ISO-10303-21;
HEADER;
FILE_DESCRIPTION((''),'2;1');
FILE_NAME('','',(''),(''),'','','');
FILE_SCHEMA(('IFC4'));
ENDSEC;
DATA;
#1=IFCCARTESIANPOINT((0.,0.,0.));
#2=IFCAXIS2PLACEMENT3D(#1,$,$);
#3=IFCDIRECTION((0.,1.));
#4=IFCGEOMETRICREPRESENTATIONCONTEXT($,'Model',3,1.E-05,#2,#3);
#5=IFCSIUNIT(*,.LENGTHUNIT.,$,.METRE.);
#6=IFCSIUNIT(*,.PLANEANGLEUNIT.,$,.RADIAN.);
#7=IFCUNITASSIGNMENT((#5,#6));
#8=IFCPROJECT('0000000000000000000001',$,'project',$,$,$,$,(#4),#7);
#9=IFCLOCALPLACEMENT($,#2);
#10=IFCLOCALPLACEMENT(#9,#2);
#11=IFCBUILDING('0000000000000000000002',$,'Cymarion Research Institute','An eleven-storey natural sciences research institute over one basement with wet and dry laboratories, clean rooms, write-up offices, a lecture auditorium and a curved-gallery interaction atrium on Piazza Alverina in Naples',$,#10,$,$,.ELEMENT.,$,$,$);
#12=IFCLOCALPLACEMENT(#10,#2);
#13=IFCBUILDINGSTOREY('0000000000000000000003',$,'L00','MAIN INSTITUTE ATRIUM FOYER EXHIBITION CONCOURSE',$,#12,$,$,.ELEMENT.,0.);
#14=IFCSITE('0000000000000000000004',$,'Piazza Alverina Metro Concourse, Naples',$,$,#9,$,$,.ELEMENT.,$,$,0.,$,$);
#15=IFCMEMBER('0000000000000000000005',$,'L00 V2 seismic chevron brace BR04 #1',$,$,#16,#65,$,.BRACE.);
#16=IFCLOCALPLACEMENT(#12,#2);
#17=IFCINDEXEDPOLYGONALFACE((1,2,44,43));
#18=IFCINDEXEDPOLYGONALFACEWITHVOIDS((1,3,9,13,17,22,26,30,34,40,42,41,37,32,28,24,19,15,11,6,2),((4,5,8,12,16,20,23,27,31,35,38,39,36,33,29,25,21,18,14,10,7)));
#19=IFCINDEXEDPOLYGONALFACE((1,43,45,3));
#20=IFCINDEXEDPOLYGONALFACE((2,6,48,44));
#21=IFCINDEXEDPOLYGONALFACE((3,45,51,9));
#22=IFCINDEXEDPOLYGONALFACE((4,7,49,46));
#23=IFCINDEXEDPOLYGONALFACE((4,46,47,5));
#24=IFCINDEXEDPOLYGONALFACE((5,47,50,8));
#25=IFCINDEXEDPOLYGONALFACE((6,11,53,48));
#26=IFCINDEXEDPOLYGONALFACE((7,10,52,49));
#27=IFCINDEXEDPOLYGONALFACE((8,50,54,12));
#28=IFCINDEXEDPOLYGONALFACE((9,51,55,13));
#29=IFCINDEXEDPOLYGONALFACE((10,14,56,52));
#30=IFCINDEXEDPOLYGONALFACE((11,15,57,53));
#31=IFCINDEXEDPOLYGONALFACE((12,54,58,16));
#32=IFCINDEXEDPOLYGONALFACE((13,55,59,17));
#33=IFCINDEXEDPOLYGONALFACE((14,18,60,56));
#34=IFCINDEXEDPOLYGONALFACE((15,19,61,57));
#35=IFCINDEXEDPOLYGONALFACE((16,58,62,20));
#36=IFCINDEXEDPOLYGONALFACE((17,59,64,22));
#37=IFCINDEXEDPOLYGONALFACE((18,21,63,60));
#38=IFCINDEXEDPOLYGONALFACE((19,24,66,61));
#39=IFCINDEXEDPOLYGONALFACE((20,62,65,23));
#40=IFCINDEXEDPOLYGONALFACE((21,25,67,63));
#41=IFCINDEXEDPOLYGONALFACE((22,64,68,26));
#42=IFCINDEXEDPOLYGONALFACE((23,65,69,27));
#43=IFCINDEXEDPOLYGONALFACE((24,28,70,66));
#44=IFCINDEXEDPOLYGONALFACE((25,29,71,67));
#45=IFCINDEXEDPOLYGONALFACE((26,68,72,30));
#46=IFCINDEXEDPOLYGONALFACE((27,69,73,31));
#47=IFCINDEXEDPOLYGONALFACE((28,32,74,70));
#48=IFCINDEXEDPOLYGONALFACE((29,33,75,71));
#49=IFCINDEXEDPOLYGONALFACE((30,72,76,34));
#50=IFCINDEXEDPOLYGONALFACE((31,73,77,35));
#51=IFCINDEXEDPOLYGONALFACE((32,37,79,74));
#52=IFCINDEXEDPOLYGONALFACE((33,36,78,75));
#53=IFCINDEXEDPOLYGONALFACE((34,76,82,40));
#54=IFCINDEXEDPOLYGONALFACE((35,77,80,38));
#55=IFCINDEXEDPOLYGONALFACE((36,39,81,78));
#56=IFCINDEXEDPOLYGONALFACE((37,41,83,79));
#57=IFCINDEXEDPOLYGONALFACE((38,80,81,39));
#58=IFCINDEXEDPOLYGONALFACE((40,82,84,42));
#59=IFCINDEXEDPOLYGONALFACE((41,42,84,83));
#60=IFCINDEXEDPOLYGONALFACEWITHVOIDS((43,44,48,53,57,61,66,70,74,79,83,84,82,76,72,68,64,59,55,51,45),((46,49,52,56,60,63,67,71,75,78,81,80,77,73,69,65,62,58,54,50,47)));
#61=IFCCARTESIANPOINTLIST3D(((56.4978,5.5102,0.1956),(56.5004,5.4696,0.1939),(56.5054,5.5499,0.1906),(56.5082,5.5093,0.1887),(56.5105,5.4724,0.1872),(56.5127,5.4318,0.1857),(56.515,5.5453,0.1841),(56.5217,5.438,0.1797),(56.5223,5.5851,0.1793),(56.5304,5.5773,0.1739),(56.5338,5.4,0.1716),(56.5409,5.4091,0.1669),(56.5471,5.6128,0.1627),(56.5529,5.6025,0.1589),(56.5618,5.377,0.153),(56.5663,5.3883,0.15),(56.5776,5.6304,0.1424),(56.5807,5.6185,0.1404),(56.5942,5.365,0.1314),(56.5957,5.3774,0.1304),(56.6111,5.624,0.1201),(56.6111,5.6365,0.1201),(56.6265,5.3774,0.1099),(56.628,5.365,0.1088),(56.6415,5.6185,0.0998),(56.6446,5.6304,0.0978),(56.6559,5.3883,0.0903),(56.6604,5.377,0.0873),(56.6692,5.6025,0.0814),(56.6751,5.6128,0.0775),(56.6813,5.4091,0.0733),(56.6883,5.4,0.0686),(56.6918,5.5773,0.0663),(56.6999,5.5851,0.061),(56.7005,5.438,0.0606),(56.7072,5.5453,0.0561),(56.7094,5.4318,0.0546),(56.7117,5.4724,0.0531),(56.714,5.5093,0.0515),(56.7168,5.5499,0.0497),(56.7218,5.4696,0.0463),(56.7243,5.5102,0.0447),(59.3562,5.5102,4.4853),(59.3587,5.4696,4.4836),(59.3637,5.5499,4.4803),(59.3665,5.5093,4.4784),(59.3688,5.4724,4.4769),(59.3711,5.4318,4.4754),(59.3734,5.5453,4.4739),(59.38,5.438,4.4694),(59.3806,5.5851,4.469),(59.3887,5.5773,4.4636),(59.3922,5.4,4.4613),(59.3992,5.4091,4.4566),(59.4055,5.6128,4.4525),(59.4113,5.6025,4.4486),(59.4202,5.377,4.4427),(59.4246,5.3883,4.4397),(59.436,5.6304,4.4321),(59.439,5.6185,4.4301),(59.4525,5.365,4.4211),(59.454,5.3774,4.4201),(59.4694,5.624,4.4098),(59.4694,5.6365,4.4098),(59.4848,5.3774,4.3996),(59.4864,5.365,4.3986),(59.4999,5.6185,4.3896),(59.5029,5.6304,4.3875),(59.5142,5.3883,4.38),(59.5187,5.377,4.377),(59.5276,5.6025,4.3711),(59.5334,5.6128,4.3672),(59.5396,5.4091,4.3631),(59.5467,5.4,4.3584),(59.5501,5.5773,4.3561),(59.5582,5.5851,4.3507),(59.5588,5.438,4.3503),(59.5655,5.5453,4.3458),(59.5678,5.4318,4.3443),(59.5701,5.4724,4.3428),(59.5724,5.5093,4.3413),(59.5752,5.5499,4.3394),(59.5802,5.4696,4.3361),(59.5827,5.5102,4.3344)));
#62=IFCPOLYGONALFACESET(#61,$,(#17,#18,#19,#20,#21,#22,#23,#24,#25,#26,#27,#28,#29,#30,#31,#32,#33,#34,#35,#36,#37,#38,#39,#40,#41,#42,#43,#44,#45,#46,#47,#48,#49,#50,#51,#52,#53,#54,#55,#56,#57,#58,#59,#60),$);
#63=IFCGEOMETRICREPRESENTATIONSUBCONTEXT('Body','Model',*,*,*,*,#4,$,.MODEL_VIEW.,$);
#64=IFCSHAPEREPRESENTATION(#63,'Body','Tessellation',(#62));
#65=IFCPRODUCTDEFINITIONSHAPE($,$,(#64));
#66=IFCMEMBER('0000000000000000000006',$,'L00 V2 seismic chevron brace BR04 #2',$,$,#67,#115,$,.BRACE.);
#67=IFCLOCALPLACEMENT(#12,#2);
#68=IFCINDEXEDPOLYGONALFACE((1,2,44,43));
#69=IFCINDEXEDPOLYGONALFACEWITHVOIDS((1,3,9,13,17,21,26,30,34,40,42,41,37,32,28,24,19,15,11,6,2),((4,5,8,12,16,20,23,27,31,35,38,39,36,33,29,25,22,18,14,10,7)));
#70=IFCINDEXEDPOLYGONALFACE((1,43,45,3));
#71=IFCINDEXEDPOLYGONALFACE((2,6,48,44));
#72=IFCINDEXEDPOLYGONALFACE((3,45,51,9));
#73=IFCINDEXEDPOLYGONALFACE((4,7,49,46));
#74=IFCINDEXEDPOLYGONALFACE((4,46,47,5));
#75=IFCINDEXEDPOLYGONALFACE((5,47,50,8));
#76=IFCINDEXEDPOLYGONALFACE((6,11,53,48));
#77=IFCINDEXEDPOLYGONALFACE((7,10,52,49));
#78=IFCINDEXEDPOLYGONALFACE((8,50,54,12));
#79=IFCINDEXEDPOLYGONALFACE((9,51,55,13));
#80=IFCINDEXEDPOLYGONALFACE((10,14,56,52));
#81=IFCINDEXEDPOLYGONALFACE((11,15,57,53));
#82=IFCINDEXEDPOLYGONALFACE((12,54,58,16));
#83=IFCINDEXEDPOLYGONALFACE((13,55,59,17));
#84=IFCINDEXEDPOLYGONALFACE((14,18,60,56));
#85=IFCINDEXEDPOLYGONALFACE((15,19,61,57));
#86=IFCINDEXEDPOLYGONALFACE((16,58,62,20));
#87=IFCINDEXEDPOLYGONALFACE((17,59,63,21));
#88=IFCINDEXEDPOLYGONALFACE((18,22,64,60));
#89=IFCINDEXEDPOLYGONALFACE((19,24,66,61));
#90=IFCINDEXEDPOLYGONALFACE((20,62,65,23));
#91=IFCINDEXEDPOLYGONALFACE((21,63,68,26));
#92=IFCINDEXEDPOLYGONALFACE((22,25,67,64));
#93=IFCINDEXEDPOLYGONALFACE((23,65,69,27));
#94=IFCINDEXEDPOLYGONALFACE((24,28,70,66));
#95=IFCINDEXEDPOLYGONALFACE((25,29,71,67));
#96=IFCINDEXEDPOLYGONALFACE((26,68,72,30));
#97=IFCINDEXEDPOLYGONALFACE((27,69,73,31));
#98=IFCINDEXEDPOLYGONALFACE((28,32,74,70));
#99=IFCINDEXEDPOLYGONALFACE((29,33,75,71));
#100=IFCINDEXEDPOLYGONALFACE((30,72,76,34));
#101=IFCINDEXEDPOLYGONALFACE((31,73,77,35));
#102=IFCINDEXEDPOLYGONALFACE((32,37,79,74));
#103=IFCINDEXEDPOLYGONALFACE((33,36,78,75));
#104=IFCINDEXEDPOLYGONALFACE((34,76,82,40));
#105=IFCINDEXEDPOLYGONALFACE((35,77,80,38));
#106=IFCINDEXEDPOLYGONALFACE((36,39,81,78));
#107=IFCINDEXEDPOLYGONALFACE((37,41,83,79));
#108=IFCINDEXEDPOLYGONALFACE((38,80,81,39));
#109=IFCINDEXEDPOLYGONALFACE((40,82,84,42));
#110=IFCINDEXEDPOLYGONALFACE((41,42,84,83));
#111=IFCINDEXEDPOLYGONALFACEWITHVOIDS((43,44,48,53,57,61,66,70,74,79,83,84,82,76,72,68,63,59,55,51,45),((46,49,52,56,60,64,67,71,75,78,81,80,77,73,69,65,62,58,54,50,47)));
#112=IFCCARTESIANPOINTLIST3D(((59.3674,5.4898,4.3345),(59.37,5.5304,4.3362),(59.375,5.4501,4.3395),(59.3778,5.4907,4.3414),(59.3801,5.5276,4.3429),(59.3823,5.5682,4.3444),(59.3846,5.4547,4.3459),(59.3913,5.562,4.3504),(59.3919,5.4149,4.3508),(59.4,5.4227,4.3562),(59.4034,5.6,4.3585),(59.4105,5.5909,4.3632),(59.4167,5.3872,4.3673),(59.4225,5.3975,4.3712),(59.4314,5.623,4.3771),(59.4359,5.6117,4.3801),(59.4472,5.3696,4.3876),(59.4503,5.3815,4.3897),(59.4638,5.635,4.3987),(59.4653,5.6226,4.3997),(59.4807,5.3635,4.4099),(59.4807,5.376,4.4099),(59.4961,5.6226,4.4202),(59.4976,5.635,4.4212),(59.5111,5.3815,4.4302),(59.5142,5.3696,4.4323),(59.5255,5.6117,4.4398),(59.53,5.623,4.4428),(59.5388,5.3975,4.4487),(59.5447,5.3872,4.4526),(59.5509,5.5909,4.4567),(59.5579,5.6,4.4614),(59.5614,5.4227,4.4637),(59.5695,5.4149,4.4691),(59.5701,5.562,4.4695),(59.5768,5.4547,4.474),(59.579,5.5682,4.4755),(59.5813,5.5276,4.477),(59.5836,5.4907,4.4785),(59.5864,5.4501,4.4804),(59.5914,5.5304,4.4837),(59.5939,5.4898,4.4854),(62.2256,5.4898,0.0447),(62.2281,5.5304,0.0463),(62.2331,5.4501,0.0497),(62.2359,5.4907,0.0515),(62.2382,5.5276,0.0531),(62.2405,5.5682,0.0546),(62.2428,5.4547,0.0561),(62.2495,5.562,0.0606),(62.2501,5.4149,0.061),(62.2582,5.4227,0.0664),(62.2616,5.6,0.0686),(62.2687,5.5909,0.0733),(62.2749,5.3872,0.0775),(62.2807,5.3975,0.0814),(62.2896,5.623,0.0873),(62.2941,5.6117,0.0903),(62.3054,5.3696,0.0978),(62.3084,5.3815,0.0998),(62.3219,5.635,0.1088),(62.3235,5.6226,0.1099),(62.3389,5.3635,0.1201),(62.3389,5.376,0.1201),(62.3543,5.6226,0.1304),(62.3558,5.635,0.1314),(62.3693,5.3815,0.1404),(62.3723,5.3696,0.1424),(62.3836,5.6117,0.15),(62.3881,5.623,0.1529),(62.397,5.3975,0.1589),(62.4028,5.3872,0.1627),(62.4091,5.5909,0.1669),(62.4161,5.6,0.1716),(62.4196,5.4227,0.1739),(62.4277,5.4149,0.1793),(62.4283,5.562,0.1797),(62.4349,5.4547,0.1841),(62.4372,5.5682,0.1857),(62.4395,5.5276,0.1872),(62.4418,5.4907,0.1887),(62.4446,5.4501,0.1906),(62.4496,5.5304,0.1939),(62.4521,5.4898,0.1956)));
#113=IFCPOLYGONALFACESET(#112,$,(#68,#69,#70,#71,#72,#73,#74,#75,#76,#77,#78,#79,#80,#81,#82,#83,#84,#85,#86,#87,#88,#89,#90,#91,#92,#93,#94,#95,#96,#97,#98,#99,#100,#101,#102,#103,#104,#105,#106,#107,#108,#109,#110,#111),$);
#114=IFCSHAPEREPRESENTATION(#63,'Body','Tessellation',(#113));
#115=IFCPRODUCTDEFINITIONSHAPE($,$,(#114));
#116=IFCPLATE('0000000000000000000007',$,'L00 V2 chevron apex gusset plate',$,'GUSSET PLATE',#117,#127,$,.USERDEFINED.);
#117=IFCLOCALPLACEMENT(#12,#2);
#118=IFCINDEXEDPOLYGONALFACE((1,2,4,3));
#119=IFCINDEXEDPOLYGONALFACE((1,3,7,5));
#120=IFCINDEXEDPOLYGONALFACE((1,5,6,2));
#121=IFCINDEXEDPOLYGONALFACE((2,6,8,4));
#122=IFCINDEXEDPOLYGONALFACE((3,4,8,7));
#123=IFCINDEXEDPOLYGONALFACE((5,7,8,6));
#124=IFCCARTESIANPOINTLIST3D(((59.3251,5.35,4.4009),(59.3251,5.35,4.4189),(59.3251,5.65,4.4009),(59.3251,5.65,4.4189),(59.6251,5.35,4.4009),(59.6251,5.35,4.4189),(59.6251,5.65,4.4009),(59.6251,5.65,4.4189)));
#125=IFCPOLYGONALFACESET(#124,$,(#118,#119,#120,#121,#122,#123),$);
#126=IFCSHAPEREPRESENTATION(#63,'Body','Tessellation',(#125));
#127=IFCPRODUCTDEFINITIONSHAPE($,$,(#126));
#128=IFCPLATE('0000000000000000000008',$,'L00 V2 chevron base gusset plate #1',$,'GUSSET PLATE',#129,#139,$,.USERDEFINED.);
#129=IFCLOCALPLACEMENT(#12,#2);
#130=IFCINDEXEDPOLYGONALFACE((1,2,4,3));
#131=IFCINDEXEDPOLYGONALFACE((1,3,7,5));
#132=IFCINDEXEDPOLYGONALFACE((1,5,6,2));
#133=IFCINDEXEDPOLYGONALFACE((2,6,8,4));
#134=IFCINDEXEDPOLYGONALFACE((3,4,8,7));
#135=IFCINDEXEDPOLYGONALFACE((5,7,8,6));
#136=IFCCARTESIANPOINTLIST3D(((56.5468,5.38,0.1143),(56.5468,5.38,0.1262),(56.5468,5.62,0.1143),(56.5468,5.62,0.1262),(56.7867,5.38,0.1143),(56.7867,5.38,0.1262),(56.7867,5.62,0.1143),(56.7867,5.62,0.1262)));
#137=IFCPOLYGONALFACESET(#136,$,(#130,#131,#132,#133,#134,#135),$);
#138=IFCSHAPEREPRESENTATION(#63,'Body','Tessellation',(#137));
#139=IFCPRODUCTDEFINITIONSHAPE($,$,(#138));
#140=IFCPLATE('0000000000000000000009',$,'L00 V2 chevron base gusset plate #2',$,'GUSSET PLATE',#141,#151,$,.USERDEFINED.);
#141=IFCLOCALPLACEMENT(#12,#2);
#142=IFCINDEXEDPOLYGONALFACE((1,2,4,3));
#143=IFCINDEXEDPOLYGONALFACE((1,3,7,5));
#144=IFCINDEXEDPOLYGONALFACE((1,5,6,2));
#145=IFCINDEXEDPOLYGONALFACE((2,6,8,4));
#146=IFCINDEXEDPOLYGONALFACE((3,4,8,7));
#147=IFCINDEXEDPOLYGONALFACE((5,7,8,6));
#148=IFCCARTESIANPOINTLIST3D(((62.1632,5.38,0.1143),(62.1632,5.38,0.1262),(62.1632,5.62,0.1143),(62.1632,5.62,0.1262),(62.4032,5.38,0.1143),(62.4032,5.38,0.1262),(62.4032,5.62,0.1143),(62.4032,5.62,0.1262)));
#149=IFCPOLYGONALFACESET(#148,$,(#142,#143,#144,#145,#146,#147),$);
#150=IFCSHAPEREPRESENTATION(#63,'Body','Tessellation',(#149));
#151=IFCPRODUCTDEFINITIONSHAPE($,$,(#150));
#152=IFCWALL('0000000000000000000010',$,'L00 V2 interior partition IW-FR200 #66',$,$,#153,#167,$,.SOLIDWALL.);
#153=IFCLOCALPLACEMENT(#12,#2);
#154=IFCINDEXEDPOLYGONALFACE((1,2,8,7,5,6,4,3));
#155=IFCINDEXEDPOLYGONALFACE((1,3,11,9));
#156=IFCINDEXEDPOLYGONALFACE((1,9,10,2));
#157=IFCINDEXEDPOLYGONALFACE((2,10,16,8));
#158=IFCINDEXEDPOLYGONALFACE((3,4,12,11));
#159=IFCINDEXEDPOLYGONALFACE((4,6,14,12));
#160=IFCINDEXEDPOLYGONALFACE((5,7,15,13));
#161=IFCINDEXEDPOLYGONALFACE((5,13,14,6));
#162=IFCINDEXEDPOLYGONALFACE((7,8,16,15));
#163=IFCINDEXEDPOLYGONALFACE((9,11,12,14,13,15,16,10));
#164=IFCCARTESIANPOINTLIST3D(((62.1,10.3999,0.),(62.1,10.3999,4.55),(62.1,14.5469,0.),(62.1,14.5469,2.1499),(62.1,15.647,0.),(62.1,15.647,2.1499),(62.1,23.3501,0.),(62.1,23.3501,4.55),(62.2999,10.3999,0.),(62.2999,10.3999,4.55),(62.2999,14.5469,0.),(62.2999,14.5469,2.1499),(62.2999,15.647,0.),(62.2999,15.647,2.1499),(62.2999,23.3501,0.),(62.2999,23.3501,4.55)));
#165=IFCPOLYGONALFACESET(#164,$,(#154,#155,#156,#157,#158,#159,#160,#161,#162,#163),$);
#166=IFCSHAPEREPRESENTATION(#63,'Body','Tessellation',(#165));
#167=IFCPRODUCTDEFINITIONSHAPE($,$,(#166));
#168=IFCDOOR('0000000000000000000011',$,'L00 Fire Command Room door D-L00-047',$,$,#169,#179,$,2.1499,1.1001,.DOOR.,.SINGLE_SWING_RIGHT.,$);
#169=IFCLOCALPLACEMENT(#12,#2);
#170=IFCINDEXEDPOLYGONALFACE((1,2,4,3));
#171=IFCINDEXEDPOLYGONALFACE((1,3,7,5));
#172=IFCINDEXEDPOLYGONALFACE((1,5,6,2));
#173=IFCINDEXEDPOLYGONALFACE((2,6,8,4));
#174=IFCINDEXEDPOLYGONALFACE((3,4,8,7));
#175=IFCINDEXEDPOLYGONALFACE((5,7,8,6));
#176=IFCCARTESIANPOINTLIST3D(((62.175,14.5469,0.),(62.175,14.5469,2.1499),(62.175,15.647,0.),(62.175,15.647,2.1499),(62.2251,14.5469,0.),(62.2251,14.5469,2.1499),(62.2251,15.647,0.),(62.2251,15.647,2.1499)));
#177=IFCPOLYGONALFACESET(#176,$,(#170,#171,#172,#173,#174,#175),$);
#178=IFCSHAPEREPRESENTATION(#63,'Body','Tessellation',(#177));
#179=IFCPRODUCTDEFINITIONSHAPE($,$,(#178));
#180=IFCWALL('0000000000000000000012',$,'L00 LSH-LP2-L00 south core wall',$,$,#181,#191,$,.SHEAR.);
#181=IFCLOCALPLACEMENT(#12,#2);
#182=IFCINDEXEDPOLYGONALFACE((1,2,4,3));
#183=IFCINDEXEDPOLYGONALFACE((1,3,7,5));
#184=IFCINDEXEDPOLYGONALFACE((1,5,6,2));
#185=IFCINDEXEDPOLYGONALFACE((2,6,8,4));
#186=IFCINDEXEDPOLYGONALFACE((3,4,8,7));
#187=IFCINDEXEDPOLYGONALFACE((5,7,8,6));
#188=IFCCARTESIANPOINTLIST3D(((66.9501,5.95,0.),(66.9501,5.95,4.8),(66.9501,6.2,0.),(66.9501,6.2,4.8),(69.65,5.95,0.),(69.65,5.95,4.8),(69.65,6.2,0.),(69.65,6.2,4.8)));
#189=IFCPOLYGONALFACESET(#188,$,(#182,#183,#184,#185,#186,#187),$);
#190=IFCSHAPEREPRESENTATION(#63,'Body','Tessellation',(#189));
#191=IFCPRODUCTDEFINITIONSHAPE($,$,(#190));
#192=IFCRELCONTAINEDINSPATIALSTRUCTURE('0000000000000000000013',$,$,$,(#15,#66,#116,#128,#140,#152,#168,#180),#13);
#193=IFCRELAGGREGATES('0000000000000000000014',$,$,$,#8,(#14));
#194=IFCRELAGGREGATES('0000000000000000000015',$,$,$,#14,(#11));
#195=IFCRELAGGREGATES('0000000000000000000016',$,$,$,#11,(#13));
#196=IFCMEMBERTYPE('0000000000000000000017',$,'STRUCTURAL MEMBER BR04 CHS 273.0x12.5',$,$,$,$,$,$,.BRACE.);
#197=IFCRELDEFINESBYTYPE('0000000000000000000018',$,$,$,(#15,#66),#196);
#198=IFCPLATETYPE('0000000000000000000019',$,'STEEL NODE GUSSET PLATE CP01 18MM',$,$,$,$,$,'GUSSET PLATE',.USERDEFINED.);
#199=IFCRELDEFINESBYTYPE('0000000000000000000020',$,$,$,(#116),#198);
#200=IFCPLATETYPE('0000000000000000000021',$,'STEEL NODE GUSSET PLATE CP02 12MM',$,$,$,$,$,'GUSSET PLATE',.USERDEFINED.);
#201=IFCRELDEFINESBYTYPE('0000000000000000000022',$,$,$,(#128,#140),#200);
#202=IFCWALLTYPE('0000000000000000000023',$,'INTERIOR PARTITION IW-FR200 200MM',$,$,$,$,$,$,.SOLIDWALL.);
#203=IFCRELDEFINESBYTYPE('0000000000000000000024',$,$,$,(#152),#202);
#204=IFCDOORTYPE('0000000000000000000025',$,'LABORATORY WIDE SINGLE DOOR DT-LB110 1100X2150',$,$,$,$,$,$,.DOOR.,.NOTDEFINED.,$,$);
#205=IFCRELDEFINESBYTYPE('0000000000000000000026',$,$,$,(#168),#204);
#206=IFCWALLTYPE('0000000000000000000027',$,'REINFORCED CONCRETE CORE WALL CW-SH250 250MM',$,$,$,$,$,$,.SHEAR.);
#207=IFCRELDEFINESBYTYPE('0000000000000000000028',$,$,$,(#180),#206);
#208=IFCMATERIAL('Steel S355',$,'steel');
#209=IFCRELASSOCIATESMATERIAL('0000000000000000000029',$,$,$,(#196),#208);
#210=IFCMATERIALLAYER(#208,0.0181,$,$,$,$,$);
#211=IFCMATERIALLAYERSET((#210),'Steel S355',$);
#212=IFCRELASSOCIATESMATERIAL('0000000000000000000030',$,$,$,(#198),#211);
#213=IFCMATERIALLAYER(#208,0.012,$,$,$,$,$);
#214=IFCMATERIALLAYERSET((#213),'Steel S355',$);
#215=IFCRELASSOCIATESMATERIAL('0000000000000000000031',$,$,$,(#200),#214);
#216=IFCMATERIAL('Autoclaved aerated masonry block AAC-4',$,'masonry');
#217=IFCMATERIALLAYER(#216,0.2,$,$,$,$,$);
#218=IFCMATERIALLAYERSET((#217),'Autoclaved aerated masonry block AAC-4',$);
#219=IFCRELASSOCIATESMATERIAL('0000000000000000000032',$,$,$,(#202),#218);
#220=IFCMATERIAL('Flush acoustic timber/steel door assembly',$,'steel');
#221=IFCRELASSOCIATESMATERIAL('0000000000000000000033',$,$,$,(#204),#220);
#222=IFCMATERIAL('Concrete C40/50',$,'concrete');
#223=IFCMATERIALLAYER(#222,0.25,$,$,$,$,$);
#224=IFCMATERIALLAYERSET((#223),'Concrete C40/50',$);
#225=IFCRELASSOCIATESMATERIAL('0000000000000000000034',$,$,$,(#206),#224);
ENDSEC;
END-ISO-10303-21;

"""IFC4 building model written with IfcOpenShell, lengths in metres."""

from ifc_helpers import new_model, si_unit, direction, frame, frame_2d, origin, origin_2d, place, context, subcontext, project, spatial, rectangle, hollow_circle, extrude, material, layer, layer_set, material_profile, profile_set, type_object, element, fill, save


model = new_model("IFC4")

# Units and contexts
model_context = context("Model", 3, precision=1e-05, world=origin(), true_north=direction((0.0, 1.0)))
body_context = subcontext(model_context, "Body", "Model", "MODEL_VIEW")
ifc_project = project(units=[si_unit("LENGTHUNIT", "METRE"), si_unit("PLANEANGLEUNIT", "RADIAN")], contexts=[model_context])

# Site, building, storey
site_placement = place(None, origin())
site = spatial("IfcSite", under=ifc_project, at=site_placement, Name="Piazza Alverina Metro Concourse, Naples", CompositionType="ELEMENT", RefElevation=0.0)
building_placement = place(site_placement, origin())
building = spatial("IfcBuilding", under=site, at=building_placement, Name="Cymarion Research Institute", Description="An eleven-storey natural sciences research institute over one basement with wet and dry laboratories, clean rooms, write-up offices, a lecture auditorium and a curved-gallery interaction atrium on Piazza Alverina in Naples", CompositionType="ELEMENT")
storey_placement = place(building_placement, origin())
storey = spatial("IfcBuildingStorey", under=building, at=storey_placement, Name="L00", Description="MAIN INSTITUTE ATRIUM FOYER EXHIBITION CONCOURSE", CompositionType="ELEMENT", Elevation=0.0)

# Shared definitions
ifc_material_1 = material(Name="Concrete C40/50", Category="concrete")
ifc_material_2 = material(Name="Steel S355", Category="steel")

# Members
ifc_material_profile_1 = material_profile(ifc_material_2, hollow_circle(Radius=0.1365, WallThickness=0.0125, at=origin_2d()), Name="CHS 273.0x12.5")
ifc_profile_set_1 = profile_set([ifc_material_profile_1], Name="Steel S355")
member_type = type_object("IfcMemberType", Name="STRUCTURAL MEMBER BR04 CHS 273.0x12.5", PredefinedType="BRACE", material=ifc_profile_set_1)
for number, where, z_axis, x_axis, name in (
    (1, (56.6111, 5.5, 0.1201), (0.554503, 0.0, 0.832181), (0.0, 1.0, 0.0), "L00 V2 seismic chevron brace BR04 #1"),
    (2, (62.3389, 5.5, 0.1201), (-0.554471, 0.0, 0.832203), (0.0, -1.0, 0.0), "L00 V2 seismic chevron brace BR04 #2"),
):
    element("IfcMember", number, at=place(storey_placement, frame(where, z_axis=z_axis, x_axis=x_axis)), inside=storey, type_object=member_type, Name=name, PredefinedType="BRACE", context=body_context, shape_type="SweptSolid", body=[
        extrude(hollow_circle(Radius=0.1365, WallThickness=0.0125, at=origin_2d()), origin(), (0.0, 0.0, 1.0), 5.1548),
    ])

# Plates
ifc_layer_1 = layer(ifc_material_2, 0.0181)
ifc_layer_set_1 = layer_set([ifc_layer_1], Name="Steel S355")
plate_type_1 = type_object("IfcPlateType", Name="STEEL NODE GUSSET PLATE CP01 18MM", ElementType="GUSSET PLATE", PredefinedType="USERDEFINED", material=ifc_layer_set_1)
plate_placement = place(storey_placement, frame((59.4751, 5.5, 4.4009), z_axis=(0.0, 0.0, 1.0), x_axis=(1.0, 0.0, 0.0)))
element("IfcPlate", 3, at=plate_placement, inside=storey, type_object=plate_type_1, Name="L00 V2 chevron apex gusset plate", ObjectType="GUSSET PLATE", PredefinedType="USERDEFINED", context=body_context, shape_type="SweptSolid", body=[
    extrude(rectangle(XDim=0.3, YDim=0.3, at=origin_2d()), origin(), (0.0, 0.0, 1.0), 0.0181),
])
ifc_layer_2 = layer(ifc_material_2, 0.012)
ifc_layer_set_2 = layer_set([ifc_layer_2], Name="Steel S355")
plate_type_2 = type_object("IfcPlateType", Name="STEEL NODE GUSSET PLATE CP02 12MM", ElementType="GUSSET PLATE", PredefinedType="USERDEFINED", material=ifc_layer_set_2)
for number, where, z_axis, x_axis, name in (
    (4, (56.6667, 5.5, 0.1143), (0.0, 0.0, 1.0), (1.0, 0.0, 0.0), "L00 V2 chevron base gusset plate #1"),
    (5, (62.2832, 5.5, 0.1143), (0.0, 0.0, 1.0), (1.0, 0.0, 0.0), "L00 V2 chevron base gusset plate #2"),
):
    element("IfcPlate", number, at=place(storey_placement, frame(where, z_axis=z_axis, x_axis=x_axis)), inside=storey, type_object=plate_type_2, Name=name, ObjectType="GUSSET PLATE", PredefinedType="USERDEFINED", context=body_context, shape_type="SweptSolid", body=[
        extrude(rectangle(XDim=0.24, YDim=0.24, at=origin_2d()), origin(), (0.0, 0.0, 1.0), 0.012),
    ])

# Wall, opening, door
ifc_material_3 = material(Name="Autoclaved aerated masonry block AAC-4", Category="masonry")
ifc_layer_3 = layer(ifc_material_3, 0.2)
ifc_layer_set_3 = layer_set([ifc_layer_3], Name="Autoclaved aerated masonry block AAC-4")
wall_type_1 = type_object("IfcWallType", Name="INTERIOR PARTITION IW-FR200 200MM", PredefinedType="SOLIDWALL", material=ifc_layer_set_3)
wall_1_placement = place(storey_placement, frame((62.2, 10.3999, 0.0), z_axis=(0.0, 0.0, 1.0), x_axis=(0.0, 1.0, 0.0)))
wall_1 = element("IfcWall", 6, at=wall_1_placement, inside=storey, type_object=wall_type_1, Name="L00 V2 interior partition IW-FR200 #66", PredefinedType="SOLIDWALL", context=body_context, shape_type="SweptSolid", body=[
    extrude(rectangle(XDim=12.9502, YDim=0.2, at=frame_2d((6.4751, 0.0))), origin(), (0.0, 0.0, 1.0), 4.55),
])
opening_1_placement = place(wall_1_placement, frame((4.147, 0.0, 0.0)))
opening_1 = element("IfcOpeningElement", 7, at=opening_1_placement, cuts=wall_1, PredefinedType="OPENING", context=body_context, shape_type="SweptSolid", body=[
    extrude(rectangle(XDim=1.1001, YDim=2.1499, at=frame_2d((0.55, 1.075))), frame((0.0, 0.1099, 0.0), z_axis=(0.0, -1.0, 0.0), x_axis=(1.0, 0.0, 0.0)), (0.0, 0.0, 1.0), 0.22),
])
ifc_material_4 = material(Name="Flush acoustic timber/steel door assembly", Category="steel")
door_type_1 = type_object("IfcDoorType", Name="LABORATORY WIDE SINGLE DOOR DT-LB110 1100X2150", OperationType="NOTDEFINED", PredefinedType="DOOR", material=ifc_material_4)
door_1_placement = place(opening_1_placement, origin())
door_1 = element("IfcDoor", 8, at=door_1_placement, inside=storey, type_object=door_type_1, Name="L00 Fire Command Room door D-L00-047", OperationType="SINGLE_SWING_RIGHT", OverallHeight=2.1499, OverallWidth=1.1001, PredefinedType="DOOR", context=body_context, shape_type="SweptSolid", body=[
    extrude(rectangle(XDim=1.1001, YDim=2.1499, at=frame_2d((0.55, 1.075))), frame((0.0, 0.0249, 0.0), z_axis=(0.0, -1.0, 0.0), x_axis=(1.0, 0.0, 0.0)), (0.0, 0.0, 1.0), 0.05),
])
fill(opening_1, door_1)

# Wall
ifc_layer_4 = layer(ifc_material_1, 0.25)
ifc_layer_set_4 = layer_set([ifc_layer_4], Name="Concrete C40/50")
wall_type_2 = type_object("IfcWallType", Name="REINFORCED CONCRETE CORE WALL CW-SH250 250MM", PredefinedType="SHEAR", material=ifc_layer_set_4)
wall_2_placement = place(storey_placement, frame((66.95, 6.075, 0.0), z_axis=(0.0, 0.0, 1.0), x_axis=(1.0, 0.0, 0.0)))
element("IfcWall", 9, at=wall_2_placement, inside=storey, type_object=wall_type_2, Name="L00 LSH-LP2-L00 south core wall", PredefinedType="SHEAR", context=body_context, shape_type="SweptSolid", body=[
    extrude(rectangle(XDim=2.7, YDim=0.25, at=frame_2d((1.3501, 0.0))), origin(), (0.0, 0.0, 1.0), 4.8),
])

save(model, "model.ifc")
